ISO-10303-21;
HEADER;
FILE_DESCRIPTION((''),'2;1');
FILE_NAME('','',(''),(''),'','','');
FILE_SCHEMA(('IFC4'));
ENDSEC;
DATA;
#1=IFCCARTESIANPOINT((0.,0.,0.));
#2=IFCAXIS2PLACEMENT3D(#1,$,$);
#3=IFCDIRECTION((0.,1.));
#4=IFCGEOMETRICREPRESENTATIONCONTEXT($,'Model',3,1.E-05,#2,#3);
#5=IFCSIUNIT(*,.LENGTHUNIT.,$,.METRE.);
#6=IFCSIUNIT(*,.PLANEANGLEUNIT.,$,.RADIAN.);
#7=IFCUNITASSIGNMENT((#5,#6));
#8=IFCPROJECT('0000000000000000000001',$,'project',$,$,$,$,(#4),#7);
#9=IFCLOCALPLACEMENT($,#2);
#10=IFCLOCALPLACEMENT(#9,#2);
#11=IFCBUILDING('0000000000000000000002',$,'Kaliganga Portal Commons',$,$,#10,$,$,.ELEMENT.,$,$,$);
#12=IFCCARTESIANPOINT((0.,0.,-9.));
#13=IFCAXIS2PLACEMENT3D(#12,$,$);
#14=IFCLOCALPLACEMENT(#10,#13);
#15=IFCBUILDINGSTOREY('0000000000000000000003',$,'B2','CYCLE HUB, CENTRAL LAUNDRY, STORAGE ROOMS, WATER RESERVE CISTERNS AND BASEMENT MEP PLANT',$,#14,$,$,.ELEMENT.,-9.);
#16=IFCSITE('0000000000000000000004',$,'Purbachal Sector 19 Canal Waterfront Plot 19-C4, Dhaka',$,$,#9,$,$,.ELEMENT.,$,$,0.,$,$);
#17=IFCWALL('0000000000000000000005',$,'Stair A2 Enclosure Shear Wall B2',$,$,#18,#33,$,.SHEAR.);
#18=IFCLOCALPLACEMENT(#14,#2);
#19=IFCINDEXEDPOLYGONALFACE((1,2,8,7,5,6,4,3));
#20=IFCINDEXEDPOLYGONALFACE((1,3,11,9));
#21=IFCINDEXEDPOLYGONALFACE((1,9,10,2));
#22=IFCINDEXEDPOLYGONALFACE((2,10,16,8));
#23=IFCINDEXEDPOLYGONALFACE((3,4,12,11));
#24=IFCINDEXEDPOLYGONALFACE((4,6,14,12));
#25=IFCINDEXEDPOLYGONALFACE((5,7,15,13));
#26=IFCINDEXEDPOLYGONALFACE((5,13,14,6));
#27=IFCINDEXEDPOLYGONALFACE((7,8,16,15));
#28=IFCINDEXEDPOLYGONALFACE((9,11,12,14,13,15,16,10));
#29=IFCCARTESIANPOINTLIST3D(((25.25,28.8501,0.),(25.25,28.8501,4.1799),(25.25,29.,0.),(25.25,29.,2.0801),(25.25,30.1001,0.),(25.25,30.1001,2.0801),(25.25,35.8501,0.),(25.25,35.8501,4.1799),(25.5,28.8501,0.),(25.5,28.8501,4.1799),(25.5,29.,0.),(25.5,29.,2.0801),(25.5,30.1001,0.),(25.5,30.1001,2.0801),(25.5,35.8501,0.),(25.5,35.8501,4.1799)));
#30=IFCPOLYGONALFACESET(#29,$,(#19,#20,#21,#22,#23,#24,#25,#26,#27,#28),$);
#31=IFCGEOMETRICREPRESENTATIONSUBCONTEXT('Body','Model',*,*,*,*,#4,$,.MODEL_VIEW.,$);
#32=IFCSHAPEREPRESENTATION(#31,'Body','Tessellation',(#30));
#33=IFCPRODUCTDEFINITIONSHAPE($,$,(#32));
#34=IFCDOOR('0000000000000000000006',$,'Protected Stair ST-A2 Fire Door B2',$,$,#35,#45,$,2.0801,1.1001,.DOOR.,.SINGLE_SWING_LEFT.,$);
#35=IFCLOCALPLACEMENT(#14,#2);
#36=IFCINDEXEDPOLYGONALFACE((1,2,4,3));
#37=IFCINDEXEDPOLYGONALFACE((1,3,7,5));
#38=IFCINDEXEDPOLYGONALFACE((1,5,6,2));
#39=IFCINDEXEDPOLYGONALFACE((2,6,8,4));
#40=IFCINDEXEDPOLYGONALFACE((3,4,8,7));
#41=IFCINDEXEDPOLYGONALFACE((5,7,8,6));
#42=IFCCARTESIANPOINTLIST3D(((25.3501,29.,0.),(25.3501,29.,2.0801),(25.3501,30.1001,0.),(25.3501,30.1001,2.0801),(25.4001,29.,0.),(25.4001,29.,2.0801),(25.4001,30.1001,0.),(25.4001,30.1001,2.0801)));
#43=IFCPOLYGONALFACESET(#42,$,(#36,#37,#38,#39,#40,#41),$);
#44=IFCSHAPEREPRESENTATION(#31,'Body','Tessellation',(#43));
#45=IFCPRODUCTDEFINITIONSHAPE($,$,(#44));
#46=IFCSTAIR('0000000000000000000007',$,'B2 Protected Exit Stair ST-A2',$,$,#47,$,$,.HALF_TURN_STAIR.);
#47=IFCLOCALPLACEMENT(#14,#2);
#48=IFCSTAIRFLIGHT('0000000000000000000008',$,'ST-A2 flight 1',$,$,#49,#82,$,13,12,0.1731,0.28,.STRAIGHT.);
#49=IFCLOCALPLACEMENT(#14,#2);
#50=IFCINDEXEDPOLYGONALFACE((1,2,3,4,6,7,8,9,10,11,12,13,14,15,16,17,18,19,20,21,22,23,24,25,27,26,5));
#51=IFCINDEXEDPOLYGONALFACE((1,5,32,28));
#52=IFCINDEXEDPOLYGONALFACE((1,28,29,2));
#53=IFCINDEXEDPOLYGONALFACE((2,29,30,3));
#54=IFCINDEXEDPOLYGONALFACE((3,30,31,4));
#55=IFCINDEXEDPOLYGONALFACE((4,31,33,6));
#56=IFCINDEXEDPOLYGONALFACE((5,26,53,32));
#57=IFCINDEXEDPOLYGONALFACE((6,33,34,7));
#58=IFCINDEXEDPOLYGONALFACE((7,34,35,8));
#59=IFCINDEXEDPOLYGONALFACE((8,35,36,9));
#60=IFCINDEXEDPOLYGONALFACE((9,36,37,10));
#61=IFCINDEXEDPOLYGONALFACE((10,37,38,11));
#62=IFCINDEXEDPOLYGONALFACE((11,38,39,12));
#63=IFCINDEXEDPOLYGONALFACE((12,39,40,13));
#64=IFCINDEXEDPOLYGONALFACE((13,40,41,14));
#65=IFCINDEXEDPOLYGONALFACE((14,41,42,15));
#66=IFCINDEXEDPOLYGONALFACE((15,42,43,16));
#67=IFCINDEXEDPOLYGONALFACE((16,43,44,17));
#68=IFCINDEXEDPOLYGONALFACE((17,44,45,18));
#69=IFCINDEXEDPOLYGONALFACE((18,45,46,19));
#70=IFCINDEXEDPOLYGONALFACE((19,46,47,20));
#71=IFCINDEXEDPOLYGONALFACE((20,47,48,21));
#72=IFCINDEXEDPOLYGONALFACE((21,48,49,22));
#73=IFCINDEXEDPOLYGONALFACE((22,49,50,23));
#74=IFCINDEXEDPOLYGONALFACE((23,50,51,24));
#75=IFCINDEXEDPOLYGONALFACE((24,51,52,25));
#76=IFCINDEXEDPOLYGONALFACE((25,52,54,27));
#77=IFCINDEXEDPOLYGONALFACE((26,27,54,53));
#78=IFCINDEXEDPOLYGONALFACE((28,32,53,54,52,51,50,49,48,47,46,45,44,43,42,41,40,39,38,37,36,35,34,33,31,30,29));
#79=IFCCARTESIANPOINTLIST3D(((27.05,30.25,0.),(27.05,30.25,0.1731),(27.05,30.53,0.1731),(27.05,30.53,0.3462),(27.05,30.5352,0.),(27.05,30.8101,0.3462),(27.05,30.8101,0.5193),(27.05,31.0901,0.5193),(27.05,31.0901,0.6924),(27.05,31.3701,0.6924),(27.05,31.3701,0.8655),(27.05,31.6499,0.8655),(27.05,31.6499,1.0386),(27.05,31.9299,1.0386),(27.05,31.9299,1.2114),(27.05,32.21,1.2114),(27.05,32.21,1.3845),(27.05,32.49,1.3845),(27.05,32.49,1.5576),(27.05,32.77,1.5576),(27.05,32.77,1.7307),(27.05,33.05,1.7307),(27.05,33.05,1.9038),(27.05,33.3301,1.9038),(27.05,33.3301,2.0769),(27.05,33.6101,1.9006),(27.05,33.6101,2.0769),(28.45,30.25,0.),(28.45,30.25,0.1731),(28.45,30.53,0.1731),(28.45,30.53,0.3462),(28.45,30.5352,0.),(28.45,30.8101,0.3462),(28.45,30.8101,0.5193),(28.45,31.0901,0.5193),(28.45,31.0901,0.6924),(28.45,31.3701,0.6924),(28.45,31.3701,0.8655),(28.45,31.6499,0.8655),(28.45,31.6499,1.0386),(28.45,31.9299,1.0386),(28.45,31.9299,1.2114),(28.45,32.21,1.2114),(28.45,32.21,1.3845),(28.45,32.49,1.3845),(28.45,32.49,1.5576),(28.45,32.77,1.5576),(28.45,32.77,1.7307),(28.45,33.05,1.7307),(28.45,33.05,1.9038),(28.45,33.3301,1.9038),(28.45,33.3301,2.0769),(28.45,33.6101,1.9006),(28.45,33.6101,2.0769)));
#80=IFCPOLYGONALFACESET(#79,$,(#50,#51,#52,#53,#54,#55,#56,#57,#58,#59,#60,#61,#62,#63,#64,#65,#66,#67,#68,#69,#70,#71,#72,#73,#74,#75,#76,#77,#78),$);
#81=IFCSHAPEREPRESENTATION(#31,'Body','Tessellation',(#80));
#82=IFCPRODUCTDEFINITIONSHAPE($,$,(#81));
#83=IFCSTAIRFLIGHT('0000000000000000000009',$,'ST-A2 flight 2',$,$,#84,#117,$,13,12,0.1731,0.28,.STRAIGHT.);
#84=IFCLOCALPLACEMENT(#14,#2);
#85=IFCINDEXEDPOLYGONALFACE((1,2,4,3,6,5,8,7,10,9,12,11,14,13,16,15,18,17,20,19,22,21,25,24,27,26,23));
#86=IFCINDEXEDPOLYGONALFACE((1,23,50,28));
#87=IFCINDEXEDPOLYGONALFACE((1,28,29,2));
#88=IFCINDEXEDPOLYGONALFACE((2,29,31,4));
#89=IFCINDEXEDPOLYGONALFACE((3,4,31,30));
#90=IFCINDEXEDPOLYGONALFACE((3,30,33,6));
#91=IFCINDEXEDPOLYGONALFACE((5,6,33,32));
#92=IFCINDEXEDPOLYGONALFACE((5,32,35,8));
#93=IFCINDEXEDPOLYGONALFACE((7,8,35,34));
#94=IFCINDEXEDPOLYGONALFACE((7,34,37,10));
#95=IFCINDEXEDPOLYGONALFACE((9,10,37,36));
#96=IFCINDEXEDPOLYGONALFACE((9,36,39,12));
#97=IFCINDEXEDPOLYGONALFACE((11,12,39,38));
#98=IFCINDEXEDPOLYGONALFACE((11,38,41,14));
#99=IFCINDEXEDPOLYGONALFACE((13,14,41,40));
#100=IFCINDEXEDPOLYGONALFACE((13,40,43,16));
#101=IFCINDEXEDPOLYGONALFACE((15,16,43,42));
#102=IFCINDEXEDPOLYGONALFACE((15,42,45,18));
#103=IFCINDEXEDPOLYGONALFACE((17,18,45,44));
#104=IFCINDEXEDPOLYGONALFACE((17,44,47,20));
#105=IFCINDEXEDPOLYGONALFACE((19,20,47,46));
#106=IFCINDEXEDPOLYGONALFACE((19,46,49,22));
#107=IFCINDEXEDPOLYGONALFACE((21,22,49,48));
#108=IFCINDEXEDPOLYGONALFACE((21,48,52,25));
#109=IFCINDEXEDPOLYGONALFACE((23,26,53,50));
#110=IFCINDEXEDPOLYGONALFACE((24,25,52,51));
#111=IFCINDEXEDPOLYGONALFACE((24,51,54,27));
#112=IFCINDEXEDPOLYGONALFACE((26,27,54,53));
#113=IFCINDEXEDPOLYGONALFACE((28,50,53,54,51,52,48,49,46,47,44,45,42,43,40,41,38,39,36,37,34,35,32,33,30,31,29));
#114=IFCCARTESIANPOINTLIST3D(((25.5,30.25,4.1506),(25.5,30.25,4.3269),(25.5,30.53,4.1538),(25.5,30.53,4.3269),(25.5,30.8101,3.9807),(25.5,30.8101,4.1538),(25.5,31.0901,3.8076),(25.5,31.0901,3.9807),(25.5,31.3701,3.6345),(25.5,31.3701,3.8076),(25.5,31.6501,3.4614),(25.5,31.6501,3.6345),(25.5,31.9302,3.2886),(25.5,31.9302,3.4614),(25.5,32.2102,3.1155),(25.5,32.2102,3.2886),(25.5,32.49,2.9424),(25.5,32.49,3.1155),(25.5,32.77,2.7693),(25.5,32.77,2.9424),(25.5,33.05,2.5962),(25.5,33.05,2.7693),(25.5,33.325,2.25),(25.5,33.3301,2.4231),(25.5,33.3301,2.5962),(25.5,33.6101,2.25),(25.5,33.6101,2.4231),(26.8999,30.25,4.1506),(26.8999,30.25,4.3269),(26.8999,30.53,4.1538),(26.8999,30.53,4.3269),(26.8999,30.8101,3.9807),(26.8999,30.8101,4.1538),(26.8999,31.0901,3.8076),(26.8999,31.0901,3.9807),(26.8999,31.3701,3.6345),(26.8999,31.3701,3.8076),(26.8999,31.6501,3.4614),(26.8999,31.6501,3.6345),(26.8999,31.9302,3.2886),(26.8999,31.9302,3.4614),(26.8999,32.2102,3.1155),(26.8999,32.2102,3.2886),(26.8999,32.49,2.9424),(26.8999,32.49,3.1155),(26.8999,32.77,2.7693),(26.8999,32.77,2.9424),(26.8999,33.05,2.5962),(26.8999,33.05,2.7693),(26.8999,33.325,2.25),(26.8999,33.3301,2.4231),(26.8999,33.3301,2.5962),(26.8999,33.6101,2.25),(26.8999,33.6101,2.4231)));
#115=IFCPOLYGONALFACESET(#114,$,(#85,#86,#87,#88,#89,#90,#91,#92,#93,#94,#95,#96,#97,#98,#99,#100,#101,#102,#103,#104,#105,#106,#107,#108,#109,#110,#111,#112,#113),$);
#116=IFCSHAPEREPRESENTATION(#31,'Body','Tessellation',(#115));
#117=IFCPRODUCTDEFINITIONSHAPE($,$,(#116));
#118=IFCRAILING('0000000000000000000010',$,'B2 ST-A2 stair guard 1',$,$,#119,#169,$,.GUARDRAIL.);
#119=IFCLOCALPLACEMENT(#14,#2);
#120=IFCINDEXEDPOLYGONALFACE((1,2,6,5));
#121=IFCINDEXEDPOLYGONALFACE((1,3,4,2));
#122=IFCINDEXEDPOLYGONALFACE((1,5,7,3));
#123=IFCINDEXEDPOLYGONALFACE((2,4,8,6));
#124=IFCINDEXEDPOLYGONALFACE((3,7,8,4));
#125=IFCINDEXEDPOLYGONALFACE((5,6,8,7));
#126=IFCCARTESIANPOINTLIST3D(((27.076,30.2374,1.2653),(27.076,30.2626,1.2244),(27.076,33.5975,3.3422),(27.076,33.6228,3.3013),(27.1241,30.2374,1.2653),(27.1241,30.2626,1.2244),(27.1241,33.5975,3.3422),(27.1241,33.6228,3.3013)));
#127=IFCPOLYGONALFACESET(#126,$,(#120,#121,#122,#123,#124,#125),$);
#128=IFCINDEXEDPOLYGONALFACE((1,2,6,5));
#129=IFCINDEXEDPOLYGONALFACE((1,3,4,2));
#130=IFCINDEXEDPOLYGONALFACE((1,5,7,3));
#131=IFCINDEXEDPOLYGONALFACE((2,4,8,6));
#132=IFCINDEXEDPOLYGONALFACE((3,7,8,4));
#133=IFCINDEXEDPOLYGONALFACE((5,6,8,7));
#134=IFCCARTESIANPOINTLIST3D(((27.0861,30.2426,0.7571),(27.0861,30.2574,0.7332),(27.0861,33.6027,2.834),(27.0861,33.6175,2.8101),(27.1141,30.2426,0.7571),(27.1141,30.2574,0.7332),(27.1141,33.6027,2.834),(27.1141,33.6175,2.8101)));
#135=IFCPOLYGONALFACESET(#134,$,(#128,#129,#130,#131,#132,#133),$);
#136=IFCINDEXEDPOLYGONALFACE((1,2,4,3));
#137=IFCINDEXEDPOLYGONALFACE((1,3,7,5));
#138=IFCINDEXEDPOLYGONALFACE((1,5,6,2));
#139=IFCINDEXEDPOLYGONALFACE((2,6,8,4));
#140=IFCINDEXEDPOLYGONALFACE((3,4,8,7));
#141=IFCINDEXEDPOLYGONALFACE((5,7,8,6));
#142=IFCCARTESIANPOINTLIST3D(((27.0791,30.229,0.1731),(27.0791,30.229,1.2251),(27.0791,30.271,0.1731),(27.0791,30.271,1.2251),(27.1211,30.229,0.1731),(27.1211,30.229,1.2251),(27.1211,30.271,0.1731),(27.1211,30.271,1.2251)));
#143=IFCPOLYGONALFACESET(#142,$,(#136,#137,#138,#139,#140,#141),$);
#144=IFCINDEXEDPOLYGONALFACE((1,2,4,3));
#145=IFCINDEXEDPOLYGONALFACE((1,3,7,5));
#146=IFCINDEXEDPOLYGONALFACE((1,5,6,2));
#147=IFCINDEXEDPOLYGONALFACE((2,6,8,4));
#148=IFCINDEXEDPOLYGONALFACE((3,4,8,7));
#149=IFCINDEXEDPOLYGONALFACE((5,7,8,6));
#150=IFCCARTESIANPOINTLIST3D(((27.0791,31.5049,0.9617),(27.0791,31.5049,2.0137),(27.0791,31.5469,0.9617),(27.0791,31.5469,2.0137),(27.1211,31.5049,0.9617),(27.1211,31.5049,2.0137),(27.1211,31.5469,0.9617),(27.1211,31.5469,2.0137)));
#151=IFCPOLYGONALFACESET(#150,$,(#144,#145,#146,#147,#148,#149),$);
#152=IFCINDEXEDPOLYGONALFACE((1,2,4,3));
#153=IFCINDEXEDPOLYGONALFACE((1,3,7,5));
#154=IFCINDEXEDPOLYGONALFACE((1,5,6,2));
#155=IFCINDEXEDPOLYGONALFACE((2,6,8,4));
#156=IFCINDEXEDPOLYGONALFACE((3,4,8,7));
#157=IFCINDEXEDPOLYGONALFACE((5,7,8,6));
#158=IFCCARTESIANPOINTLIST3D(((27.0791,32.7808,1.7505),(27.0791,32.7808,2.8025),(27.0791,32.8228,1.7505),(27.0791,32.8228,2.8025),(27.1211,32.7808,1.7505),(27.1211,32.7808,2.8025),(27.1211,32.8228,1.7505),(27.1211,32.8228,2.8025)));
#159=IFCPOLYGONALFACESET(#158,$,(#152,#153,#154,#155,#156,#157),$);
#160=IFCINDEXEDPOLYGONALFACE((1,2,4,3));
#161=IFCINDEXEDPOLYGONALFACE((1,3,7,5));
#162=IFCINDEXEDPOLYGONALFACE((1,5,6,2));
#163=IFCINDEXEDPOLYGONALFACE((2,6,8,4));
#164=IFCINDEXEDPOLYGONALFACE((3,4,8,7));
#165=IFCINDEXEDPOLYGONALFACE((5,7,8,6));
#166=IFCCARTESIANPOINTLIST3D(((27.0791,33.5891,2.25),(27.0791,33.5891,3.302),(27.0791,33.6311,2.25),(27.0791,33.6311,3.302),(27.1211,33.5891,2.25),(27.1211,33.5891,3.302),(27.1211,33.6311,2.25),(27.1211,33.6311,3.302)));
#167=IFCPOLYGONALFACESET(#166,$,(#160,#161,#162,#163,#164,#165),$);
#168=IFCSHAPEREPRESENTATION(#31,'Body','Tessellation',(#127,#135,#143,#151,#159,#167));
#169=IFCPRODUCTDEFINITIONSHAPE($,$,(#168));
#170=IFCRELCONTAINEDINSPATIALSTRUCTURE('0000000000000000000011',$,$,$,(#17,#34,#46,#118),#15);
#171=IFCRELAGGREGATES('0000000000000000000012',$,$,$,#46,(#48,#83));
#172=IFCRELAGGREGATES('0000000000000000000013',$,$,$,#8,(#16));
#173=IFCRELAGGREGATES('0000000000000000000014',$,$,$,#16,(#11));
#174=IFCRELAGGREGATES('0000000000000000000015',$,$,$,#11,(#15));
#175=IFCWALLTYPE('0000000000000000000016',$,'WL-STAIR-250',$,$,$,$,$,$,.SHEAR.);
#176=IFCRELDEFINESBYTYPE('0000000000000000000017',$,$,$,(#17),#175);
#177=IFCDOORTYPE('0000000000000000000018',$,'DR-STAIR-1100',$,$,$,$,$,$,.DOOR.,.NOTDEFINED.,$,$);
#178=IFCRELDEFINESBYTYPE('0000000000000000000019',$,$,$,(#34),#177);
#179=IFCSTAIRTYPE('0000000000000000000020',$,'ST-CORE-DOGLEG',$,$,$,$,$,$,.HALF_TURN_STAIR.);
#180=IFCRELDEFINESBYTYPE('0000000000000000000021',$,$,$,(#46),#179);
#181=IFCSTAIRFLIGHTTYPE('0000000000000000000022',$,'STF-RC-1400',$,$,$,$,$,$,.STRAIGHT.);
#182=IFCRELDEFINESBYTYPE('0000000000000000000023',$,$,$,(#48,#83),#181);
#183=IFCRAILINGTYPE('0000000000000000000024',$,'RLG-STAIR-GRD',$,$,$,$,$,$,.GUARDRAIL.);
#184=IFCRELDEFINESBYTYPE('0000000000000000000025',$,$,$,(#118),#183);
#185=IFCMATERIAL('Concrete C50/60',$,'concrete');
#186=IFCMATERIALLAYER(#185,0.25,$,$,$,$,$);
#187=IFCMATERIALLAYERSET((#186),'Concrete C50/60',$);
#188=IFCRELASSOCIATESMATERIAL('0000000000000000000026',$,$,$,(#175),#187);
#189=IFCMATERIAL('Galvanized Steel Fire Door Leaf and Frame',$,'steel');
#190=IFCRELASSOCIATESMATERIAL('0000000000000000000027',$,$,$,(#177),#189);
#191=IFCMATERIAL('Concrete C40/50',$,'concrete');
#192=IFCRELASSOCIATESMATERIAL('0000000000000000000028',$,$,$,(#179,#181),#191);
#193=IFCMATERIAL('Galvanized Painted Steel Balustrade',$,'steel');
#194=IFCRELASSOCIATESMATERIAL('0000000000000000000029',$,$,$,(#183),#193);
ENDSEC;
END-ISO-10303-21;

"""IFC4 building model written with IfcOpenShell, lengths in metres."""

from ifc_helpers import new_model, si_unit, direction, frame, frame_2d, origin, origin_2d, place, context, subcontext, project, spatial, polyline, rectangle, outline, extrude, material, layer, layer_set, type_object, element, fill, aggregate, save


model = new_model("IFC4")

# Units and contexts
model_context = context("Model", 3, precision=1e-05, world=origin(), true_north=direction((0.0, 1.0)))
body_context = subcontext(model_context, "Body", "Model", "MODEL_VIEW")
ifc_project = project(units=[si_unit("LENGTHUNIT", "METRE"), si_unit("PLANEANGLEUNIT", "RADIAN")], contexts=[model_context])

# Site, building, storey
site_placement = place(None, origin())
site = spatial("IfcSite", under=ifc_project, at=site_placement, Name="Purbachal Sector 19 Canal Waterfront Plot 19-C4, Dhaka", CompositionType="ELEMENT", RefElevation=0.0)
building_placement = place(site_placement, origin())
building = spatial("IfcBuilding", under=site, at=building_placement, Name="Kaliganga Portal Commons", CompositionType="ELEMENT")
storey_placement = place(building_placement, frame((0.0, 0.0, -9.0)))
storey = spatial("IfcBuildingStorey", under=building, at=storey_placement, Name="B2", Description="CYCLE HUB, CENTRAL LAUNDRY, STORAGE ROOMS, WATER RESERVE CISTERNS AND BASEMENT MEP PLANT", CompositionType="ELEMENT", Elevation=-9.0)

# Shared definitions
ifc_material_1 = material(Name="Concrete C50/60", Category="concrete")

# Wall, opening, door
ifc_layer_1 = layer(ifc_material_1, 0.25)
ifc_layer_set_1 = layer_set([ifc_layer_1], Name="Concrete C50/60")
wall_type_1 = type_object("IfcWallType", Name="WL-STAIR-250", PredefinedType="SHEAR", material=ifc_layer_set_1)
wall_1_placement = place(storey_placement, frame((25.375, 28.8501, 0.0), z_axis=(0.0, 0.0, 1.0), x_axis=(0.0, 1.0, 0.0)))
wall_1 = element("IfcWall", 1, at=wall_1_placement, inside=storey, type_object=wall_type_1, Name="Stair A2 Enclosure Shear Wall B2", PredefinedType="SHEAR", context=body_context, shape_type="SweptSolid", body=[
    extrude(rectangle(XDim=7.0, YDim=0.25, at=frame_2d((3.5, 0.0))), origin(), (0.0, 0.0, 1.0), 4.1799),
])
opening_1_placement = place(wall_1_placement, frame((0.1499, 0.0, 0.0)))
opening_1 = element("IfcOpeningElement", 2, at=opening_1_placement, cuts=wall_1, PredefinedType="OPENING", context=body_context, shape_type="SweptSolid", body=[
    extrude(rectangle(XDim=1.1001, YDim=2.0801, at=frame_2d((0.55, 1.04))), frame((0.0, 0.135, 0.0), z_axis=(0.0, -1.0, 0.0), x_axis=(1.0, 0.0, 0.0)), (0.0, 0.0, 1.0), 0.27),
])
ifc_material_2 = material(Name="Galvanized Steel Fire Door Leaf and Frame", Category="steel")
door_type_1 = type_object("IfcDoorType", Name="DR-STAIR-1100", OperationType="NOTDEFINED", PredefinedType="DOOR", material=ifc_material_2)
door_1_placement = place(opening_1_placement, origin())
door_1 = element("IfcDoor", 3, at=door_1_placement, inside=storey, type_object=door_type_1, Name="Protected Stair ST-A2 Fire Door B2", OperationType="SINGLE_SWING_LEFT", OverallHeight=2.0801, OverallWidth=1.1001, PredefinedType="DOOR", context=body_context, shape_type="SweptSolid", body=[
    extrude(rectangle(XDim=1.1001, YDim=2.0801, at=frame_2d((0.55, 1.04))), frame((0.0, 0.0249, 0.0), z_axis=(0.0, -1.0, 0.0), x_axis=(1.0, 0.0, 0.0)), (0.0, 0.0, 1.0), 0.05),
])
fill(opening_1, door_1)

# Stair, stair flights
ifc_material_3 = material(Name="Concrete C40/50", Category="concrete")
stair_type = type_object("IfcStairType", Name="ST-CORE-DOGLEG", PredefinedType="HALF_TURN_STAIR", material=ifc_material_3)
stair_placement = place(storey_placement, origin())
stair = element("IfcStair", 4, at=stair_placement, inside=storey, type_object=stair_type, Name="B2 Protected Exit Stair ST-A2", PredefinedType="HALF_TURN_STAIR")
stair_flight_type = type_object("IfcStairFlightType", Name="STF-RC-1400", PredefinedType="STRAIGHT", material=ifc_material_3)
stair_flight_1_placement = place(storey_placement, frame((27.75, 30.25, 0.0), z_axis=(0.0, 0.0, 1.0), x_axis=(0.0, 1.0, 0.0)))
stair_flight_1 = element("IfcStairFlight", 5, at=stair_flight_1_placement, type_object=stair_flight_type, Name="ST-A2 flight 1", NumberOfRisers=13, NumberOfTreads=12, PredefinedType="STRAIGHT", RiserHeight=0.1731, TreadLength=0.28, context=body_context, shape_type="SweptSolid", body=[
    extrude(outline(polyline([(0.0, 0.0), (0.0, 0.1731), (0.28, 0.1731), (0.28, 0.3462), (0.5601, 0.3462), (0.5601, 0.5193), (0.8401, 0.5193), (0.8401, 0.6924), (1.1201, 0.6924), (1.1201, 0.8655), (1.3999, 0.8655), (1.3999, 1.0386), (1.6799, 1.0386), (1.6799, 1.2114), (1.96, 1.2114), (1.96, 1.3845), (2.24, 1.3845), (2.24, 1.5576), (2.52, 1.5576), (2.52, 1.7307), (2.8, 1.7307), (2.8, 1.9038), (3.0801, 1.9038), (3.0801, 2.0769), (3.3601, 2.0769), (3.3601, 2.25), (3.3601, 1.9006), (0.2852, 0.0), (0.0, 0.0)])), frame((0.0, 0.7, 0.0), z_axis=(0.0, -1.0, 0.0), x_axis=(1.0, 0.0, 0.0)), (0.0, 0.0, 1.0), 1.3999),
])
stair_flight_2_placement = place(storey_placement, frame((26.2, 33.6101, 2.25), z_axis=(0.0, 0.0, 1.0), x_axis=(0.0, -1.0, 0.0)))
stair_flight_2 = element("IfcStairFlight", 6, at=stair_flight_2_placement, type_object=stair_flight_type, Name="ST-A2 flight 2", NumberOfRisers=13, NumberOfTreads=12, PredefinedType="STRAIGHT", RiserHeight=0.1731, TreadLength=0.28, context=body_context, shape_type="SweptSolid", body=[
    extrude(outline(polyline([(0.0, 0.0), (0.0, 0.1731), (0.28, 0.1731), (0.28, 0.3462), (0.5601, 0.3462), (0.5601, 0.5193), (0.8401, 0.5193), (0.8401, 0.6924), (1.1201, 0.6924), (1.1201, 0.8655), (1.3999, 0.8655), (1.3999, 1.0386), (1.6799, 1.0386), (1.6799, 1.2114), (1.96, 1.2114), (1.96, 1.3845), (2.24, 1.3845), (2.24, 1.5576), (2.52, 1.5576), (2.52, 1.7307), (2.8, 1.7307), (2.8, 1.9038), (3.0801, 1.9038), (3.0801, 2.0769), (3.3601, 2.0769), (3.3601, 2.25), (3.3601, 1.9006), (0.2852, 0.0), (0.0, 0.0)])), frame((0.0, 0.7, 0.0), z_axis=(0.0, -1.0, 0.0), x_axis=(1.0, 0.0, 0.0)), (0.0, 0.0, 1.0), 1.3999),
])
aggregate(stair, [stair_flight_1, stair_flight_2])

# Railing
ifc_material_4 = material(Name="Galvanized Painted Steel Balustrade", Category="steel")
railing_type_1 = type_object("IfcRailingType", Name="RLG-STAIR-GRD", PredefinedType="GUARDRAIL", material=ifc_material_4)
railing_1_placement = place(storey_placement, frame((27.1001, 30.25, 0.1731)))
element("IfcRailing", 7, at=railing_1_placement, inside=storey, type_object=railing_type_1, Name="B2 ST-A2 stair guard 1", PredefinedType="GUARDRAIL", context=body_context, shape_type="SweptSolid", body=[
    extrude(rectangle(XDim=0.0481, YDim=0.0481, at=origin_2d()), frame((0.0, 0.0, 1.0718), z_axis=(0.0, 0.850623, 0.525776), x_axis=(-1.0, 0.0, 0.0)), (0.0, 0.0, 1.0), 3.9502),
    extrude(rectangle(XDim=0.0281, YDim=0.0281, at=origin_2d()), frame((0.0, 0.0, 0.572), z_axis=(0.0, 0.850623, 0.525776), x_axis=(-1.0, 0.0, 0.0)), (0.0, 0.0, 1.0), 3.9502),
    extrude(rectangle(XDim=0.042, YDim=0.042, at=origin_2d()), origin(), (0.0, 0.0, 1.0), 1.052),
    extrude(rectangle(XDim=0.042, YDim=0.042, at=origin_2d()), frame((0.0, 1.2759, 0.7886)), (0.0, 0.0, 1.0), 1.052),
    extrude(rectangle(XDim=0.042, YDim=0.042, at=origin_2d()), frame((0.0, 2.5518, 1.5774)), (0.0, 0.0, 1.0), 1.052),
    extrude(rectangle(XDim=0.042, YDim=0.042, at=origin_2d()), frame((0.0, 3.3601, 2.0769)), (0.0, 0.0, 1.0), 1.052),
])

save(model, "model.ifc")
